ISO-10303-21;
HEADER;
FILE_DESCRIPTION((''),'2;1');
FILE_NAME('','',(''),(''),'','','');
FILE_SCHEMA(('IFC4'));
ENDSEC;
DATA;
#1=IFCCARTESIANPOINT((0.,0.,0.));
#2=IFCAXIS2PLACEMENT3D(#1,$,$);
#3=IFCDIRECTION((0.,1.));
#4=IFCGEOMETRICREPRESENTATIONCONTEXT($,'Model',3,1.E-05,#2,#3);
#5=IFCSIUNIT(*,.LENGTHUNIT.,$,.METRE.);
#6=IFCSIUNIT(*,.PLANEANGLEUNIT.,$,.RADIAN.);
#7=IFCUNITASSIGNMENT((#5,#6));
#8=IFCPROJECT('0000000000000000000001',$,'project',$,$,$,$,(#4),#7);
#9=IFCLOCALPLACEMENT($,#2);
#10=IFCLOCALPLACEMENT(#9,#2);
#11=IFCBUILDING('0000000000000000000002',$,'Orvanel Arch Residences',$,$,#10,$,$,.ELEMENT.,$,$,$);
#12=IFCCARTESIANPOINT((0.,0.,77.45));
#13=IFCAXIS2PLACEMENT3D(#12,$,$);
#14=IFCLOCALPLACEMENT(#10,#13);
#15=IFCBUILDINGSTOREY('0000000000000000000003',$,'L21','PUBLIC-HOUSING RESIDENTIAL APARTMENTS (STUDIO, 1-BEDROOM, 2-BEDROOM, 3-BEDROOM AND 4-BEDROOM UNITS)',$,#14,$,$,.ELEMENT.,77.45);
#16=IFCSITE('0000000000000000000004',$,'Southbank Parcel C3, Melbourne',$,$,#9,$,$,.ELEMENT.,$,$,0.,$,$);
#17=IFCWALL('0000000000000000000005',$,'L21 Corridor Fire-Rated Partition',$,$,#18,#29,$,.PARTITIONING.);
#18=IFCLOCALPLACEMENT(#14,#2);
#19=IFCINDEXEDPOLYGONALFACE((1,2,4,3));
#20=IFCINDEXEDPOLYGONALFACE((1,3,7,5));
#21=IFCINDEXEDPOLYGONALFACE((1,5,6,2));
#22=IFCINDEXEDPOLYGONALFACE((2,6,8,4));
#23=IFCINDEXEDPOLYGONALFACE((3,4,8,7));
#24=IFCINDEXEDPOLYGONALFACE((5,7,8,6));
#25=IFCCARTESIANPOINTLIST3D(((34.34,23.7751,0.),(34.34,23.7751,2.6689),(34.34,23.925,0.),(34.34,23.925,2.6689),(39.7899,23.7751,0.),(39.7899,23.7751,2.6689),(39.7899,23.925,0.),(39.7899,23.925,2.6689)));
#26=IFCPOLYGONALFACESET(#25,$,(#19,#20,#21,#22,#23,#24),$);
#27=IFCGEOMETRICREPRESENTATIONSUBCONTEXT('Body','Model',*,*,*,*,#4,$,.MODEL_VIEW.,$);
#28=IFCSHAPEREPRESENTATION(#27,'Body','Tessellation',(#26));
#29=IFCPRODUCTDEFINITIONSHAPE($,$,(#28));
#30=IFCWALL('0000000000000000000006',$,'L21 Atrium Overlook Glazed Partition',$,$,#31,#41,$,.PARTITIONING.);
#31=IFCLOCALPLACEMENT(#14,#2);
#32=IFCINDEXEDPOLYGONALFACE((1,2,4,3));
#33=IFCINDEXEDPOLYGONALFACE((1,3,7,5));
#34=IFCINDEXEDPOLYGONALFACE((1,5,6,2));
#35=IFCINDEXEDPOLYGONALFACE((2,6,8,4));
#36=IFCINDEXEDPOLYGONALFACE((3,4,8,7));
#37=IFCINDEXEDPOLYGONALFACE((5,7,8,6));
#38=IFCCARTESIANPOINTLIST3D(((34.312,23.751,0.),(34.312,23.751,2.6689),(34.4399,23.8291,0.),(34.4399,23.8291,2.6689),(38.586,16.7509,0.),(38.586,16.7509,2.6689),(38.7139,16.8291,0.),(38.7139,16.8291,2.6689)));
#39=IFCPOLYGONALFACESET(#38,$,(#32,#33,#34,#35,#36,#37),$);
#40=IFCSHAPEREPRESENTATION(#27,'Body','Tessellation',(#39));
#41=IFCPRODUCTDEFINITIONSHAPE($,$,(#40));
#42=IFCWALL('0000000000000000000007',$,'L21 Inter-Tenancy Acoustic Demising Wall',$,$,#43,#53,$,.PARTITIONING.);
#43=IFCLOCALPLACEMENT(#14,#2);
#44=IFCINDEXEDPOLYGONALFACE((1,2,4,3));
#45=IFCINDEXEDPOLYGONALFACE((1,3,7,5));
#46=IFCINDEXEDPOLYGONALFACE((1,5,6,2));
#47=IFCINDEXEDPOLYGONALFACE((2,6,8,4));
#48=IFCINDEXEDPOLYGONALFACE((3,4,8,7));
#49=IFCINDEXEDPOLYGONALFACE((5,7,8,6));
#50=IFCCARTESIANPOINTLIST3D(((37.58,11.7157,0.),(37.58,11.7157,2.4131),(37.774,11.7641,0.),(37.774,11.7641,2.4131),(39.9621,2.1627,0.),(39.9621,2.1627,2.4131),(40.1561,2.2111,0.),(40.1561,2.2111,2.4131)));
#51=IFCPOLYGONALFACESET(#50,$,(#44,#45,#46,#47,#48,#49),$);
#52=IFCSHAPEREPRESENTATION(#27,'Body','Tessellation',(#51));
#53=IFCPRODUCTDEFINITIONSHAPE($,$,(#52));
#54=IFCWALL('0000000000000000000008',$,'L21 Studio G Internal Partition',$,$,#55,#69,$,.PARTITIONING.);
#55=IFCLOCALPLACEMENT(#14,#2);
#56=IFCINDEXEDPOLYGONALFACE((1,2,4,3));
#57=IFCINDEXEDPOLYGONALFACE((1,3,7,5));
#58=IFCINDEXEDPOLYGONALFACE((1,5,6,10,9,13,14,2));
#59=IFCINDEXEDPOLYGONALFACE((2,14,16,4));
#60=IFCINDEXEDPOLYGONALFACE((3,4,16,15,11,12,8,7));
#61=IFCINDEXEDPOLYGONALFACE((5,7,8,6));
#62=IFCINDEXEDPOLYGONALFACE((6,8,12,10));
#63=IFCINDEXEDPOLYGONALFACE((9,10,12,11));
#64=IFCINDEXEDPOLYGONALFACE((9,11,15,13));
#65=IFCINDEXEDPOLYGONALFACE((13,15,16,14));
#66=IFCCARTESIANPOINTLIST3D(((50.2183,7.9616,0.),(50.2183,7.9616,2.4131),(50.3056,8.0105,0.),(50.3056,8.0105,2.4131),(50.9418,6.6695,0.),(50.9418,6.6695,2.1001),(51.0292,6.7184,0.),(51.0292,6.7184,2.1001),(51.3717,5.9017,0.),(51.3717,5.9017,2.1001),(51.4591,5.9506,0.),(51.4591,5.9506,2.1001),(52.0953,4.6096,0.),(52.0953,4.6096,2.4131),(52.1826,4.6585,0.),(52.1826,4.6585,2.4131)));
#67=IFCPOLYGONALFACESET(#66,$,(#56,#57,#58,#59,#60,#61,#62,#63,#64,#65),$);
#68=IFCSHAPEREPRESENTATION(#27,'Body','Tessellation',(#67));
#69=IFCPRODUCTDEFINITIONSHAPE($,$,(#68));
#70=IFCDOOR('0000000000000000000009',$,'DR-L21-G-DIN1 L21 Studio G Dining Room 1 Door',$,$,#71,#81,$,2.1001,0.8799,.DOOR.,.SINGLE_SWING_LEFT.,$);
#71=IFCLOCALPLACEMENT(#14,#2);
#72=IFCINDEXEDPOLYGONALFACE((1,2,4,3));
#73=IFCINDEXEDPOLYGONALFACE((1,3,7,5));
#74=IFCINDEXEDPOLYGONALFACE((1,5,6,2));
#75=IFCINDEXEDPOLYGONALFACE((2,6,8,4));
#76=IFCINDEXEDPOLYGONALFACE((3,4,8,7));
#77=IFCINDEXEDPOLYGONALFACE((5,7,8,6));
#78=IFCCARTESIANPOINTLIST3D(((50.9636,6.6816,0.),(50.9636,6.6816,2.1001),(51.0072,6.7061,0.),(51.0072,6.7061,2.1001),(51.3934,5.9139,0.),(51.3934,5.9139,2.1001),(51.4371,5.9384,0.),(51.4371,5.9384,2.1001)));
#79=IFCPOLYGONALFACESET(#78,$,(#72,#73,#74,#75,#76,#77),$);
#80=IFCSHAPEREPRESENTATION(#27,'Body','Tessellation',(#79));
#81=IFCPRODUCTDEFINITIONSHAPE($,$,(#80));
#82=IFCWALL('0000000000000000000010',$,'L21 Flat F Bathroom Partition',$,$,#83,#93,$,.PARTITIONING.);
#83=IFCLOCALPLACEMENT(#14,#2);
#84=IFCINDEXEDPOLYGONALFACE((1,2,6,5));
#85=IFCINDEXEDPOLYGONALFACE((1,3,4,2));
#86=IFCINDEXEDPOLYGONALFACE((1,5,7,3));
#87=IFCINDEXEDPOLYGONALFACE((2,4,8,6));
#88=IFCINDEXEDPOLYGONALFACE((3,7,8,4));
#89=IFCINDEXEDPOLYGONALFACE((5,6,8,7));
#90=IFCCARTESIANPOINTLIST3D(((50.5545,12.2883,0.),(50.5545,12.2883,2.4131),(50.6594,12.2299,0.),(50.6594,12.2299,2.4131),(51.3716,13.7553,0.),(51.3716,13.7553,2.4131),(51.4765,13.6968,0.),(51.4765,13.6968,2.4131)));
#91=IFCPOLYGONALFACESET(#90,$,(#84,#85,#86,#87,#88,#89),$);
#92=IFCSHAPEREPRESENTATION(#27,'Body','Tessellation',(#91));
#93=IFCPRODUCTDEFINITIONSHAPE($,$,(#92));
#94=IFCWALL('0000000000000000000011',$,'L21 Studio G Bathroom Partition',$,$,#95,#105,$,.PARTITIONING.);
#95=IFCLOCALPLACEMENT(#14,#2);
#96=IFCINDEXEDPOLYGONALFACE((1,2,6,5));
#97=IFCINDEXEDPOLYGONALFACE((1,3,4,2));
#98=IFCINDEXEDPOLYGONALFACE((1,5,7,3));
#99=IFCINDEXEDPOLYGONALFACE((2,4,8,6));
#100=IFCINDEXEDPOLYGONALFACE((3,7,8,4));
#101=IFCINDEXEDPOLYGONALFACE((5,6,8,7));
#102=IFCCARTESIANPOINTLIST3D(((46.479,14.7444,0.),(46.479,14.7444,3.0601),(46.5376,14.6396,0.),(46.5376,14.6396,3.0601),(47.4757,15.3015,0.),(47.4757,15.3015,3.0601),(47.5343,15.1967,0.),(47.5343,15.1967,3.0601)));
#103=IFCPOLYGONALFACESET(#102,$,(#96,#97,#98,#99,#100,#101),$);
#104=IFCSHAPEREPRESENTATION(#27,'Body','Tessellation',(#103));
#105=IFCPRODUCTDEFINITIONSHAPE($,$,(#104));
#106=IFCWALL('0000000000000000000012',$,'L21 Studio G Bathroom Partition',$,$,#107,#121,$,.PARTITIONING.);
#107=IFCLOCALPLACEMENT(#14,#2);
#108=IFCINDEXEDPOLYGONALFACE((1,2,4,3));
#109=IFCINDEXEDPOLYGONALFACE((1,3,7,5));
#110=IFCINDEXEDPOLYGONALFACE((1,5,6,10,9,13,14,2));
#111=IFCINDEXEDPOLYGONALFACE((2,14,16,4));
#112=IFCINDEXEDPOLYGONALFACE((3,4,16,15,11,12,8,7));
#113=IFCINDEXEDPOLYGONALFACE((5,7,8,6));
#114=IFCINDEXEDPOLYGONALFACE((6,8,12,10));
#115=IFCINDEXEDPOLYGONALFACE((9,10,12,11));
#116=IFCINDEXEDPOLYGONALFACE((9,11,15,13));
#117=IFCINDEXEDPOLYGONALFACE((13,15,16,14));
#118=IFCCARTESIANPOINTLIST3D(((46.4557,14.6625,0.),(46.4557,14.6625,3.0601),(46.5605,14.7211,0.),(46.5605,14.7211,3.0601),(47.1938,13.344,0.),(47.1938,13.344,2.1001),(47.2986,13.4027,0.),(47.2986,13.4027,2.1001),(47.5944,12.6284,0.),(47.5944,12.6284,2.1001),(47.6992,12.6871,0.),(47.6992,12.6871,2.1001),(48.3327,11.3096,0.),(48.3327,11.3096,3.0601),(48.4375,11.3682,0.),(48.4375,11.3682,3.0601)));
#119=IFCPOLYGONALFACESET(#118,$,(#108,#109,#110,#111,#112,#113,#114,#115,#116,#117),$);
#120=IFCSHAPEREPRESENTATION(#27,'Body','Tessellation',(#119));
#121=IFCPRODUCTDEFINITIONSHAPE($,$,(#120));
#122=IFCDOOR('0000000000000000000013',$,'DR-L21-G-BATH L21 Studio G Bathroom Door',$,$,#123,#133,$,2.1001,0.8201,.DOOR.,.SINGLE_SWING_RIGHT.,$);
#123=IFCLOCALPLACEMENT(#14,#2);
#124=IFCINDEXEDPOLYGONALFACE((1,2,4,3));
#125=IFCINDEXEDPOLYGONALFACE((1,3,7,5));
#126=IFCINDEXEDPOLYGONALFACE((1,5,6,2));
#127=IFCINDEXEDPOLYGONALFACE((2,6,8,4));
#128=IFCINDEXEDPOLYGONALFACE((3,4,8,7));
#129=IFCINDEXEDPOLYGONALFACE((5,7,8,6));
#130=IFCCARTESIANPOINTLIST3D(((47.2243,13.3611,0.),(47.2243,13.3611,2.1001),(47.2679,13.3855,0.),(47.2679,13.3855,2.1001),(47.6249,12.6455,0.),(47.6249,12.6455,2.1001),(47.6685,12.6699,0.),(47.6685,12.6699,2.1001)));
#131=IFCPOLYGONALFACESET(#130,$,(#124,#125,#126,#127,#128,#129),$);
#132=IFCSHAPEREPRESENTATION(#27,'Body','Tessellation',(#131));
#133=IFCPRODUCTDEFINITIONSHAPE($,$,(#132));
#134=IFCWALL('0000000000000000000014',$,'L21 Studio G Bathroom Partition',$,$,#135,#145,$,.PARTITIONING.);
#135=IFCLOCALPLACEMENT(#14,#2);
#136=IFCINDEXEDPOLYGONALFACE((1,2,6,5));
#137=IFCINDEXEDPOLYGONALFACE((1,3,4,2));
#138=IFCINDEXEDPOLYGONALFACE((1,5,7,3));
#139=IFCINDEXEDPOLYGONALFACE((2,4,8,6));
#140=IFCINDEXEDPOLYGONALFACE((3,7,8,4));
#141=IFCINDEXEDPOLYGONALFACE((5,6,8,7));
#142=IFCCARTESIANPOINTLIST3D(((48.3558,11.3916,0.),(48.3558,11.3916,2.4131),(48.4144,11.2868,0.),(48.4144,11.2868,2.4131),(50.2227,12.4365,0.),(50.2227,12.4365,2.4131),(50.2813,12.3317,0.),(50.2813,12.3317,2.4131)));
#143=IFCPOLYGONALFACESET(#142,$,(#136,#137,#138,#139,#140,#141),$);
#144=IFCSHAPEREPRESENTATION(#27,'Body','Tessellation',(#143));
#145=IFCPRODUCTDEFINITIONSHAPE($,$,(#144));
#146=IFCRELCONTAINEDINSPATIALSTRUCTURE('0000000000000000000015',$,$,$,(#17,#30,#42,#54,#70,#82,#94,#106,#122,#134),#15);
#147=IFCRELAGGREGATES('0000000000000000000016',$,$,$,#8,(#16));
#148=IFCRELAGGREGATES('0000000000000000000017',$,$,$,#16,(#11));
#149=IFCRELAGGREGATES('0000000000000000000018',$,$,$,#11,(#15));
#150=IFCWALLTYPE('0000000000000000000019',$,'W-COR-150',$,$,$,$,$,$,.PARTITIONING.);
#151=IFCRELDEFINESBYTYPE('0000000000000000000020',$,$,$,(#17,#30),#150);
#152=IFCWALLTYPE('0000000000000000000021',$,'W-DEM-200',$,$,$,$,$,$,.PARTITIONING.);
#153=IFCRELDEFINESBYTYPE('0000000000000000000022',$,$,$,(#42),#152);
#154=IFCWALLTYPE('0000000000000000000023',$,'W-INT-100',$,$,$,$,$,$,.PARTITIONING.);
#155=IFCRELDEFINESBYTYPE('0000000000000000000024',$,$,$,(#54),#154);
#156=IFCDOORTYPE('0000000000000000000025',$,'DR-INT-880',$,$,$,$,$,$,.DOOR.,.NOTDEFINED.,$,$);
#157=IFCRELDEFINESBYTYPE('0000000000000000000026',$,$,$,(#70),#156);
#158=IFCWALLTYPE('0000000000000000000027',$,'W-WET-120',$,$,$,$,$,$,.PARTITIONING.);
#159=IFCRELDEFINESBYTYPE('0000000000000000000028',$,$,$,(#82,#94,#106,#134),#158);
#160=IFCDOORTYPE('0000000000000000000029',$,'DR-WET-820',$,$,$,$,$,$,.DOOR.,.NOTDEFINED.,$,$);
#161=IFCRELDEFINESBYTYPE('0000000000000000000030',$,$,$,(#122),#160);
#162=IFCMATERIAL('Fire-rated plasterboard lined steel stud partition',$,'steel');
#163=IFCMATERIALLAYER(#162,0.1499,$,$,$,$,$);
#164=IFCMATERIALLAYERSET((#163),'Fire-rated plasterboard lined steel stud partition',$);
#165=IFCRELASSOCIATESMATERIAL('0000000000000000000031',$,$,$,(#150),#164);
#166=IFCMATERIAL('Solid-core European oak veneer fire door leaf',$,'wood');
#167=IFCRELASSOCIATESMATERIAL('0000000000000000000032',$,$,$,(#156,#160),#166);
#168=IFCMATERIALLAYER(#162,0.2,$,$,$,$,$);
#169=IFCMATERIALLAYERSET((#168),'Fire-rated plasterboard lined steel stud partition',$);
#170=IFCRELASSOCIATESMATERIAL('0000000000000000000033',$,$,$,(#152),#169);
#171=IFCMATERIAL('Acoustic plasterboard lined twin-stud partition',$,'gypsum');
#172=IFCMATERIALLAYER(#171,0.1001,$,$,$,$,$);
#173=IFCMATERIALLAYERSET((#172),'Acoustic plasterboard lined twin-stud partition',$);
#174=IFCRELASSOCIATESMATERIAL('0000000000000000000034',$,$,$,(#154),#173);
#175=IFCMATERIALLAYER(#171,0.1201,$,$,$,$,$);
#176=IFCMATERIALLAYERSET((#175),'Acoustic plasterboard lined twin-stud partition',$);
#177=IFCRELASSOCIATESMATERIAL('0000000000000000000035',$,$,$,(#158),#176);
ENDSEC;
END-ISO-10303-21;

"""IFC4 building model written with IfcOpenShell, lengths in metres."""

from ifc_helpers import new_model, si_unit, direction, frame, frame_2d, origin, place, context, subcontext, project, spatial, rectangle, extrude, material, layer, layer_set, type_object, element, fill, save


model = new_model("IFC4")

# Units and contexts
model_context = context("Model", 3, precision=1e-05, world=origin(), true_north=direction((0.0, 1.0)))
body_context = subcontext(model_context, "Body", "Model", "MODEL_VIEW")
ifc_project = project(units=[si_unit("LENGTHUNIT", "METRE"), si_unit("PLANEANGLEUNIT", "RADIAN")], contexts=[model_context])

# Site, building, storey
site_placement = place(None, origin())
site = spatial("IfcSite", under=ifc_project, at=site_placement, Name="Southbank Parcel C3, Melbourne", CompositionType="ELEMENT", RefElevation=0.0)
building_placement = place(site_placement, origin())
building = spatial("IfcBuilding", under=site, at=building_placement, Name="Orvanel Arch Residences", CompositionType="ELEMENT")
storey_placement = place(building_placement, frame((0.0, 0.0, 77.45)))
storey = spatial("IfcBuildingStorey", under=building, at=storey_placement, Name="L21", Description="PUBLIC-HOUSING RESIDENTIAL APARTMENTS (STUDIO, 1-BEDROOM, 2-BEDROOM, 3-BEDROOM AND 4-BEDROOM UNITS)", CompositionType="ELEMENT", Elevation=77.45)

# Shared definitions
ifc_material_1 = material(Name="Fire-rated plasterboard lined steel stud partition", Category="steel")
ifc_layer_1 = layer(ifc_material_1, 0.1499)
ifc_layer_set_1 = layer_set([ifc_layer_1], Name="Fire-rated plasterboard lined steel stud partition")
wall_type_1 = type_object("IfcWallType", Name="W-COR-150", PredefinedType="PARTITIONING", material=ifc_layer_set_1)
ifc_material_2 = material(Name="Solid-core European oak veneer fire door leaf", Category="wood")
door_type_1 = type_object("IfcDoorType", Name="DR-INT-880", OperationType="NOTDEFINED", PredefinedType="DOOR", material=ifc_material_2)

# Walls
wall_1_placement = place(storey_placement, frame((39.79, 23.8501, 0.0), z_axis=(0.0, 0.0, 1.0), x_axis=(-1.0, 0.0, 0.0)))
element("IfcWall", 1, at=wall_1_placement, inside=storey, type_object=wall_type_1, Name="L21 Corridor Fire-Rated Partition", PredefinedType="PARTITIONING", context=body_context, shape_type="SweptSolid", body=[
    extrude(rectangle(XDim=5.45, YDim=0.1499, at=frame_2d((2.7251, 0.0))), origin(), (0.0, 0.0, 1.0), 2.6689),
])
wall_2_placement = place(storey_placement, frame((34.376, 23.79, 0.0), z_axis=(0.0, 0.0, 1.0), x_axis=(0.521108, -0.853491, 0.0)))
element("IfcWall", 2, at=wall_2_placement, inside=storey, type_object=wall_type_1, Name="L21 Atrium Overlook Glazed Partition", PredefinedType="PARTITIONING", context=body_context, shape_type="SweptSolid", body=[
    extrude(rectangle(XDim=8.2017, YDim=0.1499, at=frame_2d((4.1008, 0.0))), origin(), (0.0, 0.0, 1.0), 2.6689),
])
ifc_layer_2 = layer(ifc_material_1, 0.2)
ifc_layer_set_2 = layer_set([ifc_layer_2], Name="Fire-rated plasterboard lined steel stud partition")
wall_type_2 = type_object("IfcWallType", Name="W-DEM-200", PredefinedType="PARTITIONING", material=ifc_layer_set_2)
wall_3_placement = place(storey_placement, frame((37.677, 11.74, 0.0), z_axis=(0.0, 0.0, 1.0), x_axis=(0.241946, -0.97029, 0.0)))
element("IfcWall", 3, at=wall_3_placement, inside=storey, type_object=wall_type_2, Name="L21 Inter-Tenancy Acoustic Demising Wall", PredefinedType="PARTITIONING", context=body_context, shape_type="SweptSolid", body=[
    extrude(rectangle(XDim=9.8455, YDim=0.2, at=frame_2d((4.9229, 0.0))), origin(), (0.0, 0.0, 1.0), 2.4131),
])

# Wall, opening, door
ifc_material_3 = material(Name="Acoustic plasterboard lined twin-stud partition", Category="gypsum")
ifc_layer_3 = layer(ifc_material_3, 0.1001)
ifc_layer_set_3 = layer_set([ifc_layer_3], Name="Acoustic plasterboard lined twin-stud partition")
wall_type_3 = type_object("IfcWallType", Name="W-INT-100", PredefinedType="PARTITIONING", material=ifc_layer_set_3)
wall_4_placement = place(storey_placement, frame((50.262, 7.9861, 0.0), z_axis=(0.0, 0.0, 1.0), x_axis=(0.488565, -0.872528, 0.0)))
wall_4 = element("IfcWall", 4, at=wall_4_placement, inside=storey, type_object=wall_type_3, Name="L21 Studio G Internal Partition", PredefinedType="PARTITIONING", context=body_context, shape_type="SweptSolid", body=[
    extrude(rectangle(XDim=3.8418, YDim=0.1001, at=frame_2d((1.9209, 0.0))), origin(), (0.0, 0.0, 1.0), 2.4131),
])
opening_1_placement = place(wall_4_placement, frame((1.481, 0.0, 0.0)))
opening_1 = element("IfcOpeningElement", 5, at=opening_1_placement, cuts=wall_4, PredefinedType="OPENING", context=body_context, shape_type="SweptSolid", body=[
    extrude(rectangle(XDim=0.8799, YDim=2.1001, at=frame_2d((0.4399, 1.05))), frame((0.0, 0.0601, 0.0), z_axis=(0.0, -1.0, 0.0), x_axis=(1.0, 0.0, 0.0)), (0.0, 0.0, 1.0), 0.1201),
])
door_1_placement = place(opening_1_placement, origin())
door_1 = element("IfcDoor", 6, at=door_1_placement, inside=storey, type_object=door_type_1, Name="DR-L21-G-DIN1 L21 Studio G Dining Room 1 Door", OperationType="SINGLE_SWING_LEFT", OverallHeight=2.1001, OverallWidth=0.8799, PredefinedType="DOOR", context=body_context, shape_type="SweptSolid", body=[
    extrude(rectangle(XDim=0.8799, YDim=2.1001, at=frame_2d((0.4399, 1.05))), frame((0.0, 0.0249, 0.0), z_axis=(0.0, -1.0, 0.0), x_axis=(1.0, 0.0, 0.0)), (0.0, 0.0, 1.0), 0.05),
])
fill(opening_1, door_1)

# Walls
ifc_layer_4 = layer(ifc_material_3, 0.1201)
ifc_layer_set_4 = layer_set([ifc_layer_4], Name="Acoustic plasterboard lined twin-stud partition")
wall_type_4 = type_object("IfcWallType", Name="W-WET-120", PredefinedType="PARTITIONING", material=ifc_layer_set_4)
wall_5_placement = place(storey_placement, frame((51.4241, 13.7261, 0.0), z_axis=(0.0, 0.0, 1.0), x_axis=(-0.486605, -0.873622, 0.0)))
element("IfcWall", 7, at=wall_5_placement, inside=storey, type_object=wall_type_4, Name="L21 Flat F Bathroom Partition", PredefinedType="PARTITIONING", context=body_context, shape_type="SweptSolid", body=[
    extrude(rectangle(XDim=1.6792, YDim=0.1201, at=frame_2d((0.8396, 0.0))), origin(), (0.0, 0.0, 1.0), 2.4131),
])
wall_6_placement = place(storey_placement, frame((47.5049, 15.249, 0.0), z_axis=(0.0, 0.0, 1.0), x_axis=(-0.872914, -0.487874, 0.0)))
element("IfcWall", 8, at=wall_6_placement, inside=storey, type_object=wall_type_4, Name="L21 Studio G Bathroom Partition", PredefinedType="PARTITIONING", context=body_context, shape_type="SweptSolid", body=[
    extrude(rectangle(XDim=1.1418, YDim=0.1201, at=frame_2d((0.5708, 0.0))), origin(), (0.0, 0.0, 1.0), 3.0601),
])

# Wall, opening, door
wall_7_placement = place(storey_placement, frame((46.5081, 14.6919, 0.0), z_axis=(0.0, 0.0, 1.0), x_axis=(0.488483, -0.872573, 0.0)))
wall_7 = element("IfcWall", 9, at=wall_7_placement, inside=storey, type_object=wall_type_4, Name="L21 Studio G Bathroom Partition", PredefinedType="PARTITIONING", context=body_context, shape_type="SweptSolid", body=[
    extrude(rectangle(XDim=3.8425, YDim=0.1201, at=frame_2d((1.9214, 0.0))), origin(), (0.0, 0.0, 1.0), 3.0601),
])
opening_2_placement = place(wall_7_placement, frame((1.511, 0.0, 0.0)))
opening_2 = element("IfcOpeningElement", 10, at=opening_2_placement, cuts=wall_7, PredefinedType="OPENING", context=body_context, shape_type="SweptSolid", body=[
    extrude(rectangle(XDim=0.8201, YDim=2.1001, at=frame_2d((0.4102, 1.05))), frame((0.0, 0.0701, 0.0), z_axis=(0.0, -1.0, 0.0), x_axis=(1.0, 0.0, 0.0)), (0.0, 0.0, 1.0), 0.1401),
])
door_type_2 = type_object("IfcDoorType", Name="DR-WET-820", OperationType="NOTDEFINED", PredefinedType="DOOR", material=ifc_material_2)
door_2_placement = place(opening_2_placement, origin())
door_2 = element("IfcDoor", 11, at=door_2_placement, inside=storey, type_object=door_type_2, Name="DR-L21-G-BATH L21 Studio G Bathroom Door", OperationType="SINGLE_SWING_RIGHT", OverallHeight=2.1001, OverallWidth=0.8201, PredefinedType="DOOR", context=body_context, shape_type="SweptSolid", body=[
    extrude(rectangle(XDim=0.8201, YDim=2.1001, at=frame_2d((0.4102, 1.05))), frame((0.0, 0.0249, 0.0), z_axis=(0.0, -1.0, 0.0), x_axis=(1.0, 0.0, 0.0)), (0.0, 0.0, 1.0), 0.05),
])
fill(opening_2, door_2)

# Wall
wall_8_placement = place(storey_placement, frame((48.385, 11.3391, 0.0), z_axis=(0.0, 0.0, 1.0), x_axis=(0.872619, 0.488402, 0.0)))
element("IfcWall", 12, at=wall_8_placement, inside=storey, type_object=wall_type_4, Name="L21 Studio G Bathroom Partition", PredefinedType="PARTITIONING", context=body_context, shape_type="SweptSolid", body=[
    extrude(rectangle(XDim=2.1394, YDim=0.1201, at=frame_2d((1.0698, 0.0))), origin(), (0.0, 0.0, 1.0), 2.4131),
])

save(model, "model.ifc")
